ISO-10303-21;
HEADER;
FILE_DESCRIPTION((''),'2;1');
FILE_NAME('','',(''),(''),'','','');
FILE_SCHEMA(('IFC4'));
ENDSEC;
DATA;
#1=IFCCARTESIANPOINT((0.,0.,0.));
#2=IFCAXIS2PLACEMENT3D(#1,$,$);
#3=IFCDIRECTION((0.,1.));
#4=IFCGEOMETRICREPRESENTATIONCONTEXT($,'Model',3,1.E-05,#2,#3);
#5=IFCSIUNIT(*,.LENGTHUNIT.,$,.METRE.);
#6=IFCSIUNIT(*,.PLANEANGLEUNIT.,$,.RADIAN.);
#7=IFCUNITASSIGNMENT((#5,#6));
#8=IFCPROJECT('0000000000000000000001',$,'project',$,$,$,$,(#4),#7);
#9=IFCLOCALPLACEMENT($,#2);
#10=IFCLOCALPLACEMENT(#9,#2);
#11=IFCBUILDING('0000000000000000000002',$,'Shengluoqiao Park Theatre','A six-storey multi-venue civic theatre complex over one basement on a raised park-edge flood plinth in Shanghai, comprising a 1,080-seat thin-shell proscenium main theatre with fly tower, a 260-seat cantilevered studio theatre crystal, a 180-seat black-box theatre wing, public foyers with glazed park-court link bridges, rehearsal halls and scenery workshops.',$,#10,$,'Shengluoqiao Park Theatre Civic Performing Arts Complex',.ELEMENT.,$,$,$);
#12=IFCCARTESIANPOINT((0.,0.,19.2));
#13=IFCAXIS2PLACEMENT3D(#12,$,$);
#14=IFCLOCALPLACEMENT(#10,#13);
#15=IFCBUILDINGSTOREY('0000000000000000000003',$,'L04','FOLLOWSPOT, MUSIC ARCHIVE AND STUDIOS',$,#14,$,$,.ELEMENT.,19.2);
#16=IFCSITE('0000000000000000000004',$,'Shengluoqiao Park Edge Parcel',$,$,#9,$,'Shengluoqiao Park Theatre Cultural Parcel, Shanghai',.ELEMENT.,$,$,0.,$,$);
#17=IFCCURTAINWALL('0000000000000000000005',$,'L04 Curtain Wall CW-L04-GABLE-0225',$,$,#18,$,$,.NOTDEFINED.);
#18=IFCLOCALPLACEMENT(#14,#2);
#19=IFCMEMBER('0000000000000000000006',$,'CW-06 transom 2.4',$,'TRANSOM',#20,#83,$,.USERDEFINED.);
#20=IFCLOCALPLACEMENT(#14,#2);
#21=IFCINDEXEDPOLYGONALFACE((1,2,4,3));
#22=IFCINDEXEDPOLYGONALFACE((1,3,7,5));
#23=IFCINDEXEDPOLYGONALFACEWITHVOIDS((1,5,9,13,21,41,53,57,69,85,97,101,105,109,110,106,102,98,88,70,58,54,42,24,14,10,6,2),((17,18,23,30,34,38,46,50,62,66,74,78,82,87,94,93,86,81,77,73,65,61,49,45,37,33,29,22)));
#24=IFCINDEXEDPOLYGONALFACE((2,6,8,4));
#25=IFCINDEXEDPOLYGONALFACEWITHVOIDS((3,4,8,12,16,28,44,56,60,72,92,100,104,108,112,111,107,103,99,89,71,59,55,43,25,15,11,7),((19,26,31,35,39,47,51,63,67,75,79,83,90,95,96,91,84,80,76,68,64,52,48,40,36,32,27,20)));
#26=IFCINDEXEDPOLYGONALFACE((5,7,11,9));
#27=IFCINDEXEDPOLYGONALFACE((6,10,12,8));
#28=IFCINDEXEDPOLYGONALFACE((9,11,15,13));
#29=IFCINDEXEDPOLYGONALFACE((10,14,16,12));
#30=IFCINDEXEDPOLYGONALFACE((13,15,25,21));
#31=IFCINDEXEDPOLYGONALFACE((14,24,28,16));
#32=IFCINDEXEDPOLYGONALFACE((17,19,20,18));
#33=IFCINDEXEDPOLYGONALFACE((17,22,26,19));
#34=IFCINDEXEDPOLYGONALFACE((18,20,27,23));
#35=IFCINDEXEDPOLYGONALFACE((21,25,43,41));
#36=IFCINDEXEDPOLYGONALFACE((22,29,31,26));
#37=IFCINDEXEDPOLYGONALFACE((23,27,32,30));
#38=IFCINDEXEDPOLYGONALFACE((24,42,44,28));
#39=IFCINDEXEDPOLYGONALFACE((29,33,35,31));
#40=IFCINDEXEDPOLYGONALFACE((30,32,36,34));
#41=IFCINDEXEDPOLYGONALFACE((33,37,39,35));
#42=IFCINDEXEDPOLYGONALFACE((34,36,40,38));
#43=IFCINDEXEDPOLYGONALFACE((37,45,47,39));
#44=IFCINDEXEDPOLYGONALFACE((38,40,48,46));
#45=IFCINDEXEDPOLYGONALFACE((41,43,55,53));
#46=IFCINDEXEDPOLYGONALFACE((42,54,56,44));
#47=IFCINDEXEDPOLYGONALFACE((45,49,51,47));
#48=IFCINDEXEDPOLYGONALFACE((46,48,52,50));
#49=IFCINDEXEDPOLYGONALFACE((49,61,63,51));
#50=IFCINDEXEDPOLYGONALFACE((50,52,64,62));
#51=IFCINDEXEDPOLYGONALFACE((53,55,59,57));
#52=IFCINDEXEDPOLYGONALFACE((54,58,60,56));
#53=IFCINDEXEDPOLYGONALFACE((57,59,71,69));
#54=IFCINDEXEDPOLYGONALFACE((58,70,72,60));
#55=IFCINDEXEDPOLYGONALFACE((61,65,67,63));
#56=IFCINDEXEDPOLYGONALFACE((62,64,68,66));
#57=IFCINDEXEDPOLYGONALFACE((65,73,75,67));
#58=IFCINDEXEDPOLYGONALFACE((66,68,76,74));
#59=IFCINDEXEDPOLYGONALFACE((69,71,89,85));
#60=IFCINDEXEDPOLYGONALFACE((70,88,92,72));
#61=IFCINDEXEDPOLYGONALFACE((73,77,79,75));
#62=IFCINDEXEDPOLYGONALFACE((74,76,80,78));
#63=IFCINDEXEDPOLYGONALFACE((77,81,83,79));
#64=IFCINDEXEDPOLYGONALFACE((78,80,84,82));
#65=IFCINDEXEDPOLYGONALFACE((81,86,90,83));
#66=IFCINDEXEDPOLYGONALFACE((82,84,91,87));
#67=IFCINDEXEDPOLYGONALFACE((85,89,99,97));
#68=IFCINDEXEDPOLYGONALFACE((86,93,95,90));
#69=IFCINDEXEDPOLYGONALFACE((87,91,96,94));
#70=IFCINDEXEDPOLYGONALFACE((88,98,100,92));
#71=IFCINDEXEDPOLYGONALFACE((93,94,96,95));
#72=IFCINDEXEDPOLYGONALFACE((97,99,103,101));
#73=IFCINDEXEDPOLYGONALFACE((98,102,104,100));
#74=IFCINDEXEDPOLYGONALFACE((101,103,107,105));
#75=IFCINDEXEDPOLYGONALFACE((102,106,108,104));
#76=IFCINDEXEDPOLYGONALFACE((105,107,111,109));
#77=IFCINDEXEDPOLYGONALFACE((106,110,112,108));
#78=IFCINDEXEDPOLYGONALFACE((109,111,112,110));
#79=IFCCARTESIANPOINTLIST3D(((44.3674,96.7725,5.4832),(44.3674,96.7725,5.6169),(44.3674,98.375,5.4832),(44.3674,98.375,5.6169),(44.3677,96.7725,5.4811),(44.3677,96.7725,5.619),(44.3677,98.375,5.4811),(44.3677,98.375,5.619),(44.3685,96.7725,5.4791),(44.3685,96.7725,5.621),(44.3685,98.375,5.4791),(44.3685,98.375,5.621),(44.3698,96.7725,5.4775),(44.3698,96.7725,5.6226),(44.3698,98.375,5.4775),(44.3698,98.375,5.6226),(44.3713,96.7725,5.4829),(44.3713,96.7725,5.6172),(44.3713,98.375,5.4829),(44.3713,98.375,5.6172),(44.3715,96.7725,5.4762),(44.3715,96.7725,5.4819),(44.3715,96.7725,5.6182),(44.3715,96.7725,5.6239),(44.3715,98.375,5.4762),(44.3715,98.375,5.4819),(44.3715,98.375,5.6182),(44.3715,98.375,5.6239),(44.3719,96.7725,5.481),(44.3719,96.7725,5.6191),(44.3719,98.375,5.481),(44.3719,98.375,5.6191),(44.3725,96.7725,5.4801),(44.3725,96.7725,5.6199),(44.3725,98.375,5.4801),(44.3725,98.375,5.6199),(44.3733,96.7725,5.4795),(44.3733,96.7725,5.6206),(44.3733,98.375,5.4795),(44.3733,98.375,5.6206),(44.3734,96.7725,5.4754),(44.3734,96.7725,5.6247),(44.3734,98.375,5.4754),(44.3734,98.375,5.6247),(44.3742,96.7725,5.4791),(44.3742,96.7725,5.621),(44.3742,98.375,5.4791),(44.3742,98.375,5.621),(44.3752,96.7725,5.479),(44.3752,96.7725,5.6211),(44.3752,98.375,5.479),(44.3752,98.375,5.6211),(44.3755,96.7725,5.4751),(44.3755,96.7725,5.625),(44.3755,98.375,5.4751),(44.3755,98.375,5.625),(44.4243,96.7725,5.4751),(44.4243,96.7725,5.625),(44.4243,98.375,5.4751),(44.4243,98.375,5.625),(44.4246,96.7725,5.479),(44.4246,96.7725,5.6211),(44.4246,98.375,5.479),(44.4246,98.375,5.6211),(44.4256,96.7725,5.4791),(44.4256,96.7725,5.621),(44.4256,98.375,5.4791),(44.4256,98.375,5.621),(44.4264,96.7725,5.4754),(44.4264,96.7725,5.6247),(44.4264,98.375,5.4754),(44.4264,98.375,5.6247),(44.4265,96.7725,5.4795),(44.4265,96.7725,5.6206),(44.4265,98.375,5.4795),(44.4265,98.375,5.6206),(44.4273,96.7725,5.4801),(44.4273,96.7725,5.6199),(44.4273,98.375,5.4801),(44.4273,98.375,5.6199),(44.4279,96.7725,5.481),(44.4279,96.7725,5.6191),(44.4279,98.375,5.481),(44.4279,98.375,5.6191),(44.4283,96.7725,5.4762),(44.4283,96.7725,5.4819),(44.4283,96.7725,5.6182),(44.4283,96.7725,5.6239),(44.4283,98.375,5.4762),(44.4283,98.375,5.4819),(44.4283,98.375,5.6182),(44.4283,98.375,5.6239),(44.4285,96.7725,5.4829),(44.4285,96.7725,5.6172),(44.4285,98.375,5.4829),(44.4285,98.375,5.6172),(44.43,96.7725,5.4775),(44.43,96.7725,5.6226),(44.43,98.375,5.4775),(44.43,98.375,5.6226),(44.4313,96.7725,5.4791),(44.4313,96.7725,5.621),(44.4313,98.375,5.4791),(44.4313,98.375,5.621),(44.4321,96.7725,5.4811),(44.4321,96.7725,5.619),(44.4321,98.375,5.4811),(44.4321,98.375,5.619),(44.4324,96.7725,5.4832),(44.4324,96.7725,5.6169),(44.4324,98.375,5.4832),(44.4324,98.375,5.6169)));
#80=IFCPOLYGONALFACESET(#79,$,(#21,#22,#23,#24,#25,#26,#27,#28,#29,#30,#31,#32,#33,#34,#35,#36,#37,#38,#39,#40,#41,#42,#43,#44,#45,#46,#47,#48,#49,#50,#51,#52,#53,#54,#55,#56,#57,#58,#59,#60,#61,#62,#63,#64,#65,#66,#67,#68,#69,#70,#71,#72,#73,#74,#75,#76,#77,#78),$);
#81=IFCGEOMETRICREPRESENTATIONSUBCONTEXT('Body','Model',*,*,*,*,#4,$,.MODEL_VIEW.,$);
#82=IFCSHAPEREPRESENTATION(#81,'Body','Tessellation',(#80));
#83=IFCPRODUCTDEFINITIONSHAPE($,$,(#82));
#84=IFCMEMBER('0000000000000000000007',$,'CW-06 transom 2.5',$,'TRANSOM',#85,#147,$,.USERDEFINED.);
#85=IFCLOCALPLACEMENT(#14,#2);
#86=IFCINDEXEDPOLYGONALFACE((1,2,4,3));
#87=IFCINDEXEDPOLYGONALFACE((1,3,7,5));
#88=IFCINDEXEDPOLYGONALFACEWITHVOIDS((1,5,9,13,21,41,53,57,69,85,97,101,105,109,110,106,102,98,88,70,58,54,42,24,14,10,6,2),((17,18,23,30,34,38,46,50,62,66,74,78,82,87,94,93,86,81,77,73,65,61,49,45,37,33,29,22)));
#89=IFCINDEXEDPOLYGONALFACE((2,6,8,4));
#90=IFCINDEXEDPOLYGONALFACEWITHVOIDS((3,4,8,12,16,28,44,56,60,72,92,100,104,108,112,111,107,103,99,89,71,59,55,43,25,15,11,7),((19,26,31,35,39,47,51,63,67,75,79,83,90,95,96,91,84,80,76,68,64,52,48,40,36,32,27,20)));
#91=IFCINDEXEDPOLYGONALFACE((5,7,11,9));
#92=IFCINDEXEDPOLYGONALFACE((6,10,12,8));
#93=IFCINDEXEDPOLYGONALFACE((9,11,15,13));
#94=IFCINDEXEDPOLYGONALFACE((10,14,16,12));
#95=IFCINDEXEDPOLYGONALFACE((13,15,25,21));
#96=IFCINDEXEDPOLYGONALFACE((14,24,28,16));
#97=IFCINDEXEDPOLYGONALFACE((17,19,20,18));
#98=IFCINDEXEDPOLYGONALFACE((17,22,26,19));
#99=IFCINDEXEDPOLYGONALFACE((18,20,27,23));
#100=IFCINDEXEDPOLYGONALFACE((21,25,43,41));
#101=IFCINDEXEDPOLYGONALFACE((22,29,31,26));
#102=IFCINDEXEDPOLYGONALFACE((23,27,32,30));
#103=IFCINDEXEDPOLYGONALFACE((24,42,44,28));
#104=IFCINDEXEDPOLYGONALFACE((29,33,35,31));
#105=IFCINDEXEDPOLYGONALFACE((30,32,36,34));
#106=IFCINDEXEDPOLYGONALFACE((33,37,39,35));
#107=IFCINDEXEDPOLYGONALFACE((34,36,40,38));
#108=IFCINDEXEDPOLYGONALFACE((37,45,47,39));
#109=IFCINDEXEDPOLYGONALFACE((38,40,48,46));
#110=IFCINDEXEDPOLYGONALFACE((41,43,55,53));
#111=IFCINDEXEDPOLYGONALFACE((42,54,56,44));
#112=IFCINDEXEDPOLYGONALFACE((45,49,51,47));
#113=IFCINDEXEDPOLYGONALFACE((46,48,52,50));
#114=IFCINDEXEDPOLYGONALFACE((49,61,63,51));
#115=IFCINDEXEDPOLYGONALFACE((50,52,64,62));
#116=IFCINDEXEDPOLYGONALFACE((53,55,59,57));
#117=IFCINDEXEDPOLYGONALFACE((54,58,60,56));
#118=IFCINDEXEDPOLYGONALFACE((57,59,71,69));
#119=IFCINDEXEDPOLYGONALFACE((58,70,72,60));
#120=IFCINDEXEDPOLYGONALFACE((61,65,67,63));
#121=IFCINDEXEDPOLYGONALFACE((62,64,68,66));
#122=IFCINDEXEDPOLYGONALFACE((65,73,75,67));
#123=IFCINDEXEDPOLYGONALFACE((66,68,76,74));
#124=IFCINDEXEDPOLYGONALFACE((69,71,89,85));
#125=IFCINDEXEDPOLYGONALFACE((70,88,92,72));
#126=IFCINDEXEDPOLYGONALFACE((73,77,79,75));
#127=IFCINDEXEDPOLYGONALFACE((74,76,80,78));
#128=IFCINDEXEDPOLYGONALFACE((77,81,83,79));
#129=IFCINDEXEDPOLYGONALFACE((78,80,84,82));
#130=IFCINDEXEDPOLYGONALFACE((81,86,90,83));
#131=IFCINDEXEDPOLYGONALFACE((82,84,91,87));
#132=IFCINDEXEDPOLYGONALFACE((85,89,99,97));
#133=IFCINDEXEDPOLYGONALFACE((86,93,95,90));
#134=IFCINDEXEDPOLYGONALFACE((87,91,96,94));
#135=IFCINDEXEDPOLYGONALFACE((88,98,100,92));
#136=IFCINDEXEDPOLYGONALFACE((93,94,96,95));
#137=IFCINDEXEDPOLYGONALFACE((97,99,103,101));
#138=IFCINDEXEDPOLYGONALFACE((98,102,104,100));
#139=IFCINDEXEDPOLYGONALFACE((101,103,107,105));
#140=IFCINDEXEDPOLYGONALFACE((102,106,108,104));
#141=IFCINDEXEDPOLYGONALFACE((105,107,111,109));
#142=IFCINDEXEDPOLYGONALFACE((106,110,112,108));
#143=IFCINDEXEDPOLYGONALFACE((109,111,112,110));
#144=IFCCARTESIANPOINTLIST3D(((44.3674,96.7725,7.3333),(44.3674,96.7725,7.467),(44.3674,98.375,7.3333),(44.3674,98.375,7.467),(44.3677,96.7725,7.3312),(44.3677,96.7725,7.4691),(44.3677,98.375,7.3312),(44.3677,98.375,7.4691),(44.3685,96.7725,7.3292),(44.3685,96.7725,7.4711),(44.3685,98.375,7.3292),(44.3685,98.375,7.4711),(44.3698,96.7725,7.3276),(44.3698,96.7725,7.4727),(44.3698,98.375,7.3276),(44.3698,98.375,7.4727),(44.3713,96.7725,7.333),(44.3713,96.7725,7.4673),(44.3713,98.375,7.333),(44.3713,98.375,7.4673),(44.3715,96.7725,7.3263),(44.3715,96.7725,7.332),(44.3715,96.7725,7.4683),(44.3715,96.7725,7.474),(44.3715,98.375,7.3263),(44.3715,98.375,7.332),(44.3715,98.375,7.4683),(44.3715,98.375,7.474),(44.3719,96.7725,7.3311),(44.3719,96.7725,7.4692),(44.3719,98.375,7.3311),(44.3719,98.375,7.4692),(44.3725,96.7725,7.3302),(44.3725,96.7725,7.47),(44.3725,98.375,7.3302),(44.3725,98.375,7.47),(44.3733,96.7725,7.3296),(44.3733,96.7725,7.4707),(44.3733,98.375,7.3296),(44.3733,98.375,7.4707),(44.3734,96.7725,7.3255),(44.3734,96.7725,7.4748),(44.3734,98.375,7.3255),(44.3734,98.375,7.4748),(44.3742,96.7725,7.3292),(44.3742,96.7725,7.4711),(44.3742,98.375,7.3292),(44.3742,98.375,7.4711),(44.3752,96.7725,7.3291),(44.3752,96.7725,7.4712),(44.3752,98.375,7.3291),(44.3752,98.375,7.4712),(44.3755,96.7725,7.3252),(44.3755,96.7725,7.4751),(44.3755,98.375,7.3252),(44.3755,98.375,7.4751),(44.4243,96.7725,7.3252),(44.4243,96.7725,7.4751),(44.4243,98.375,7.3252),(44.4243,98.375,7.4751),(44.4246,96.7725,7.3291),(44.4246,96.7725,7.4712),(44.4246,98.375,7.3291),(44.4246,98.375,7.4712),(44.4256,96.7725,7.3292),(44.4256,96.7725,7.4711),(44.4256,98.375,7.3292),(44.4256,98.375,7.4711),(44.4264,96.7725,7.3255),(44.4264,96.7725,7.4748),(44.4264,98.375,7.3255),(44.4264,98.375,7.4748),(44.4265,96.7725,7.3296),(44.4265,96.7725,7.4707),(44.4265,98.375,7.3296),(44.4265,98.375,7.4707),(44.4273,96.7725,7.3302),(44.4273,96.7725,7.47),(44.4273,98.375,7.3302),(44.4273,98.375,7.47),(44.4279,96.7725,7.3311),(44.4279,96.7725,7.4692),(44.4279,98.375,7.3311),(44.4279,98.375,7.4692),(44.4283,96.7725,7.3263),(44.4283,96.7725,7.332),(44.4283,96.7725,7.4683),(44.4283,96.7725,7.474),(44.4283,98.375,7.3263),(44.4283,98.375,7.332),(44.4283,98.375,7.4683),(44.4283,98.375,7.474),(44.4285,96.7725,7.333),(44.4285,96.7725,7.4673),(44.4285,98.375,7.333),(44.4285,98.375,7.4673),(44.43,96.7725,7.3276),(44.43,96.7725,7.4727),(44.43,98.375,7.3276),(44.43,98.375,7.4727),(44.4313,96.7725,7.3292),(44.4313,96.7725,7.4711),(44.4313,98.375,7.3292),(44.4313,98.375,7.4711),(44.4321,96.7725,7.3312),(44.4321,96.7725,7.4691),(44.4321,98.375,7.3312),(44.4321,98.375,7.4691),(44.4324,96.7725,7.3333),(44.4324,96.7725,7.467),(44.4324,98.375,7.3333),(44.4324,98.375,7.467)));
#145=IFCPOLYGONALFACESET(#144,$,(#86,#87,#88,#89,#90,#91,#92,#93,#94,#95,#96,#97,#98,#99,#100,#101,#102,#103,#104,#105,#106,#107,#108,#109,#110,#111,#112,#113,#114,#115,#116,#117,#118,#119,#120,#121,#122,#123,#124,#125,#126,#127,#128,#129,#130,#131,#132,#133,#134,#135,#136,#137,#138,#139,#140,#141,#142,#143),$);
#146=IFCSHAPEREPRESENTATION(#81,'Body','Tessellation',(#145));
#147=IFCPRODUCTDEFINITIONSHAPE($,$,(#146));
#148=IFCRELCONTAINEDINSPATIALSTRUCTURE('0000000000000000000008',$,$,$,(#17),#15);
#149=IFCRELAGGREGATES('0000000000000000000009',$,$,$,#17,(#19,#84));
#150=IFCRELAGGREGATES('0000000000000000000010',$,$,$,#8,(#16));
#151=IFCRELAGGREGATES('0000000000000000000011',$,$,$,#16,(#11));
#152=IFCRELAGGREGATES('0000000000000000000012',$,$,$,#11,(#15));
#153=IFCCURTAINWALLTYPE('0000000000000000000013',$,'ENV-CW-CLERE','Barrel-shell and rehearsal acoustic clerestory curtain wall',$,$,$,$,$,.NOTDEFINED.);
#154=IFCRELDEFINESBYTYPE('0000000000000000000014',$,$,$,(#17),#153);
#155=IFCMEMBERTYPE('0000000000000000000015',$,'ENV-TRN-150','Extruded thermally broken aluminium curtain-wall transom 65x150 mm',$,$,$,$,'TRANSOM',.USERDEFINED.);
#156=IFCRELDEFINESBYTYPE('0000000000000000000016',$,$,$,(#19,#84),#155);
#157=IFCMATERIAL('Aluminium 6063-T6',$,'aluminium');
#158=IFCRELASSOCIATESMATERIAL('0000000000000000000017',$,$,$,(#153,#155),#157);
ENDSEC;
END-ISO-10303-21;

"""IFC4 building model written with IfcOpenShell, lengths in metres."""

from ifc_helpers import new_model, si_unit, direction, frame, origin, origin_2d, place, context, subcontext, project, spatial, hollow_rectangle, extrude, material, material_profile, profile_set, type_object, element, aggregate, save


model = new_model("IFC4")

# Units and contexts
model_context = context("Model", 3, precision=1e-05, world=origin(), true_north=direction((0.0, 1.0)))
body_context = subcontext(model_context, "Body", "Model", "MODEL_VIEW")
ifc_project = project(units=[si_unit("LENGTHUNIT", "METRE"), si_unit("PLANEANGLEUNIT", "RADIAN")], contexts=[model_context])

# Site, building, storey
site_placement = place(None, origin())
site = spatial("IfcSite", under=ifc_project, at=site_placement, Name="Shengluoqiao Park Edge Parcel", LongName="Shengluoqiao Park Theatre Cultural Parcel, Shanghai", CompositionType="ELEMENT", RefElevation=0.0)
building_placement = place(site_placement, origin())
building = spatial("IfcBuilding", under=site, at=building_placement, Name="Shengluoqiao Park Theatre", Description="A six-storey multi-venue civic theatre complex over one basement on a raised park-edge flood plinth in Shanghai, comprising a 1,080-seat thin-shell proscenium main theatre with fly tower, a 260-seat cantilevered studio theatre crystal, a 180-seat black-box theatre wing, public foyers with glazed park-court link bridges, rehearsal halls and scenery workshops.", LongName="Shengluoqiao Park Theatre Civic Performing Arts Complex", CompositionType="ELEMENT")
storey_placement = place(building_placement, frame((0.0, 0.0, 19.2)))
storey = spatial("IfcBuildingStorey", under=building, at=storey_placement, Name="L04", Description="FOLLOWSPOT, MUSIC ARCHIVE AND STUDIOS", CompositionType="ELEMENT", Elevation=19.2)

# Curtain wall, members
ifc_material_1 = material(Name="Aluminium 6063-T6", Category="aluminium")
curtain_wall_type = type_object("IfcCurtainWallType", Name="ENV-CW-CLERE", Description="Barrel-shell and rehearsal acoustic clerestory curtain wall", PredefinedType="NOTDEFINED", material=ifc_material_1)
curtain_wall_1_placement = place(storey_placement, origin())
curtain_wall_1 = element("IfcCurtainWall", 1, at=curtain_wall_1_placement, inside=storey, type_object=curtain_wall_type, Name="L04 Curtain Wall CW-L04-GABLE-0225", PredefinedType="NOTDEFINED")
ifc_material_profile = material_profile(ifc_material_1, hollow_rectangle(XDim=0.0649, YDim=0.1499, WallThickness=0.0039, InnerFilletRadius=0.0039, OuterFilletRadius=0.0081, at=origin_2d()), Name="ALU TRANSOM 150x65x4")
ifc_profile_set = profile_set([ifc_material_profile], Name="Aluminium 6063-T6")
member_type = type_object("IfcMemberType", Name="ENV-TRN-150", Description="Extruded thermally broken aluminium curtain-wall transom 65x150 mm", ElementType="TRANSOM", PredefinedType="USERDEFINED", material=ifc_profile_set)
member_1_placement = place(storey_placement, frame((44.3999, 96.7725, 5.55), z_axis=(0.0, 1.0, 0.0), x_axis=(-1.0, 0.0, 0.0)))
member_1 = element("IfcMember", 2, at=member_1_placement, type_object=member_type, Name="CW-06 transom 2.4", ObjectType="TRANSOM", PredefinedType="USERDEFINED", context=body_context, shape_type="SweptSolid", body=[
    extrude(hollow_rectangle(XDim=0.0649, YDim=0.1499, WallThickness=0.0039, InnerFilletRadius=0.0039, OuterFilletRadius=0.0081, at=origin_2d()), origin(), (0.0, 0.0, 1.0), 1.6025),
])
member_2_placement = place(storey_placement, frame((44.3999, 96.7725, 7.4001), z_axis=(0.0, 1.0, 0.0), x_axis=(-1.0, 0.0, 0.0)))
member_2 = element("IfcMember", 3, at=member_2_placement, type_object=member_type, Name="CW-06 transom 2.5", ObjectType="TRANSOM", PredefinedType="USERDEFINED", context=body_context, shape_type="SweptSolid", body=[
    extrude(hollow_rectangle(XDim=0.0649, YDim=0.1499, WallThickness=0.0039, InnerFilletRadius=0.0039, OuterFilletRadius=0.0081, at=origin_2d()), origin(), (0.0, 0.0, 1.0), 1.6025),
])

aggregate(curtain_wall_1, [member_1, member_2])

save(model, "model.ifc")
